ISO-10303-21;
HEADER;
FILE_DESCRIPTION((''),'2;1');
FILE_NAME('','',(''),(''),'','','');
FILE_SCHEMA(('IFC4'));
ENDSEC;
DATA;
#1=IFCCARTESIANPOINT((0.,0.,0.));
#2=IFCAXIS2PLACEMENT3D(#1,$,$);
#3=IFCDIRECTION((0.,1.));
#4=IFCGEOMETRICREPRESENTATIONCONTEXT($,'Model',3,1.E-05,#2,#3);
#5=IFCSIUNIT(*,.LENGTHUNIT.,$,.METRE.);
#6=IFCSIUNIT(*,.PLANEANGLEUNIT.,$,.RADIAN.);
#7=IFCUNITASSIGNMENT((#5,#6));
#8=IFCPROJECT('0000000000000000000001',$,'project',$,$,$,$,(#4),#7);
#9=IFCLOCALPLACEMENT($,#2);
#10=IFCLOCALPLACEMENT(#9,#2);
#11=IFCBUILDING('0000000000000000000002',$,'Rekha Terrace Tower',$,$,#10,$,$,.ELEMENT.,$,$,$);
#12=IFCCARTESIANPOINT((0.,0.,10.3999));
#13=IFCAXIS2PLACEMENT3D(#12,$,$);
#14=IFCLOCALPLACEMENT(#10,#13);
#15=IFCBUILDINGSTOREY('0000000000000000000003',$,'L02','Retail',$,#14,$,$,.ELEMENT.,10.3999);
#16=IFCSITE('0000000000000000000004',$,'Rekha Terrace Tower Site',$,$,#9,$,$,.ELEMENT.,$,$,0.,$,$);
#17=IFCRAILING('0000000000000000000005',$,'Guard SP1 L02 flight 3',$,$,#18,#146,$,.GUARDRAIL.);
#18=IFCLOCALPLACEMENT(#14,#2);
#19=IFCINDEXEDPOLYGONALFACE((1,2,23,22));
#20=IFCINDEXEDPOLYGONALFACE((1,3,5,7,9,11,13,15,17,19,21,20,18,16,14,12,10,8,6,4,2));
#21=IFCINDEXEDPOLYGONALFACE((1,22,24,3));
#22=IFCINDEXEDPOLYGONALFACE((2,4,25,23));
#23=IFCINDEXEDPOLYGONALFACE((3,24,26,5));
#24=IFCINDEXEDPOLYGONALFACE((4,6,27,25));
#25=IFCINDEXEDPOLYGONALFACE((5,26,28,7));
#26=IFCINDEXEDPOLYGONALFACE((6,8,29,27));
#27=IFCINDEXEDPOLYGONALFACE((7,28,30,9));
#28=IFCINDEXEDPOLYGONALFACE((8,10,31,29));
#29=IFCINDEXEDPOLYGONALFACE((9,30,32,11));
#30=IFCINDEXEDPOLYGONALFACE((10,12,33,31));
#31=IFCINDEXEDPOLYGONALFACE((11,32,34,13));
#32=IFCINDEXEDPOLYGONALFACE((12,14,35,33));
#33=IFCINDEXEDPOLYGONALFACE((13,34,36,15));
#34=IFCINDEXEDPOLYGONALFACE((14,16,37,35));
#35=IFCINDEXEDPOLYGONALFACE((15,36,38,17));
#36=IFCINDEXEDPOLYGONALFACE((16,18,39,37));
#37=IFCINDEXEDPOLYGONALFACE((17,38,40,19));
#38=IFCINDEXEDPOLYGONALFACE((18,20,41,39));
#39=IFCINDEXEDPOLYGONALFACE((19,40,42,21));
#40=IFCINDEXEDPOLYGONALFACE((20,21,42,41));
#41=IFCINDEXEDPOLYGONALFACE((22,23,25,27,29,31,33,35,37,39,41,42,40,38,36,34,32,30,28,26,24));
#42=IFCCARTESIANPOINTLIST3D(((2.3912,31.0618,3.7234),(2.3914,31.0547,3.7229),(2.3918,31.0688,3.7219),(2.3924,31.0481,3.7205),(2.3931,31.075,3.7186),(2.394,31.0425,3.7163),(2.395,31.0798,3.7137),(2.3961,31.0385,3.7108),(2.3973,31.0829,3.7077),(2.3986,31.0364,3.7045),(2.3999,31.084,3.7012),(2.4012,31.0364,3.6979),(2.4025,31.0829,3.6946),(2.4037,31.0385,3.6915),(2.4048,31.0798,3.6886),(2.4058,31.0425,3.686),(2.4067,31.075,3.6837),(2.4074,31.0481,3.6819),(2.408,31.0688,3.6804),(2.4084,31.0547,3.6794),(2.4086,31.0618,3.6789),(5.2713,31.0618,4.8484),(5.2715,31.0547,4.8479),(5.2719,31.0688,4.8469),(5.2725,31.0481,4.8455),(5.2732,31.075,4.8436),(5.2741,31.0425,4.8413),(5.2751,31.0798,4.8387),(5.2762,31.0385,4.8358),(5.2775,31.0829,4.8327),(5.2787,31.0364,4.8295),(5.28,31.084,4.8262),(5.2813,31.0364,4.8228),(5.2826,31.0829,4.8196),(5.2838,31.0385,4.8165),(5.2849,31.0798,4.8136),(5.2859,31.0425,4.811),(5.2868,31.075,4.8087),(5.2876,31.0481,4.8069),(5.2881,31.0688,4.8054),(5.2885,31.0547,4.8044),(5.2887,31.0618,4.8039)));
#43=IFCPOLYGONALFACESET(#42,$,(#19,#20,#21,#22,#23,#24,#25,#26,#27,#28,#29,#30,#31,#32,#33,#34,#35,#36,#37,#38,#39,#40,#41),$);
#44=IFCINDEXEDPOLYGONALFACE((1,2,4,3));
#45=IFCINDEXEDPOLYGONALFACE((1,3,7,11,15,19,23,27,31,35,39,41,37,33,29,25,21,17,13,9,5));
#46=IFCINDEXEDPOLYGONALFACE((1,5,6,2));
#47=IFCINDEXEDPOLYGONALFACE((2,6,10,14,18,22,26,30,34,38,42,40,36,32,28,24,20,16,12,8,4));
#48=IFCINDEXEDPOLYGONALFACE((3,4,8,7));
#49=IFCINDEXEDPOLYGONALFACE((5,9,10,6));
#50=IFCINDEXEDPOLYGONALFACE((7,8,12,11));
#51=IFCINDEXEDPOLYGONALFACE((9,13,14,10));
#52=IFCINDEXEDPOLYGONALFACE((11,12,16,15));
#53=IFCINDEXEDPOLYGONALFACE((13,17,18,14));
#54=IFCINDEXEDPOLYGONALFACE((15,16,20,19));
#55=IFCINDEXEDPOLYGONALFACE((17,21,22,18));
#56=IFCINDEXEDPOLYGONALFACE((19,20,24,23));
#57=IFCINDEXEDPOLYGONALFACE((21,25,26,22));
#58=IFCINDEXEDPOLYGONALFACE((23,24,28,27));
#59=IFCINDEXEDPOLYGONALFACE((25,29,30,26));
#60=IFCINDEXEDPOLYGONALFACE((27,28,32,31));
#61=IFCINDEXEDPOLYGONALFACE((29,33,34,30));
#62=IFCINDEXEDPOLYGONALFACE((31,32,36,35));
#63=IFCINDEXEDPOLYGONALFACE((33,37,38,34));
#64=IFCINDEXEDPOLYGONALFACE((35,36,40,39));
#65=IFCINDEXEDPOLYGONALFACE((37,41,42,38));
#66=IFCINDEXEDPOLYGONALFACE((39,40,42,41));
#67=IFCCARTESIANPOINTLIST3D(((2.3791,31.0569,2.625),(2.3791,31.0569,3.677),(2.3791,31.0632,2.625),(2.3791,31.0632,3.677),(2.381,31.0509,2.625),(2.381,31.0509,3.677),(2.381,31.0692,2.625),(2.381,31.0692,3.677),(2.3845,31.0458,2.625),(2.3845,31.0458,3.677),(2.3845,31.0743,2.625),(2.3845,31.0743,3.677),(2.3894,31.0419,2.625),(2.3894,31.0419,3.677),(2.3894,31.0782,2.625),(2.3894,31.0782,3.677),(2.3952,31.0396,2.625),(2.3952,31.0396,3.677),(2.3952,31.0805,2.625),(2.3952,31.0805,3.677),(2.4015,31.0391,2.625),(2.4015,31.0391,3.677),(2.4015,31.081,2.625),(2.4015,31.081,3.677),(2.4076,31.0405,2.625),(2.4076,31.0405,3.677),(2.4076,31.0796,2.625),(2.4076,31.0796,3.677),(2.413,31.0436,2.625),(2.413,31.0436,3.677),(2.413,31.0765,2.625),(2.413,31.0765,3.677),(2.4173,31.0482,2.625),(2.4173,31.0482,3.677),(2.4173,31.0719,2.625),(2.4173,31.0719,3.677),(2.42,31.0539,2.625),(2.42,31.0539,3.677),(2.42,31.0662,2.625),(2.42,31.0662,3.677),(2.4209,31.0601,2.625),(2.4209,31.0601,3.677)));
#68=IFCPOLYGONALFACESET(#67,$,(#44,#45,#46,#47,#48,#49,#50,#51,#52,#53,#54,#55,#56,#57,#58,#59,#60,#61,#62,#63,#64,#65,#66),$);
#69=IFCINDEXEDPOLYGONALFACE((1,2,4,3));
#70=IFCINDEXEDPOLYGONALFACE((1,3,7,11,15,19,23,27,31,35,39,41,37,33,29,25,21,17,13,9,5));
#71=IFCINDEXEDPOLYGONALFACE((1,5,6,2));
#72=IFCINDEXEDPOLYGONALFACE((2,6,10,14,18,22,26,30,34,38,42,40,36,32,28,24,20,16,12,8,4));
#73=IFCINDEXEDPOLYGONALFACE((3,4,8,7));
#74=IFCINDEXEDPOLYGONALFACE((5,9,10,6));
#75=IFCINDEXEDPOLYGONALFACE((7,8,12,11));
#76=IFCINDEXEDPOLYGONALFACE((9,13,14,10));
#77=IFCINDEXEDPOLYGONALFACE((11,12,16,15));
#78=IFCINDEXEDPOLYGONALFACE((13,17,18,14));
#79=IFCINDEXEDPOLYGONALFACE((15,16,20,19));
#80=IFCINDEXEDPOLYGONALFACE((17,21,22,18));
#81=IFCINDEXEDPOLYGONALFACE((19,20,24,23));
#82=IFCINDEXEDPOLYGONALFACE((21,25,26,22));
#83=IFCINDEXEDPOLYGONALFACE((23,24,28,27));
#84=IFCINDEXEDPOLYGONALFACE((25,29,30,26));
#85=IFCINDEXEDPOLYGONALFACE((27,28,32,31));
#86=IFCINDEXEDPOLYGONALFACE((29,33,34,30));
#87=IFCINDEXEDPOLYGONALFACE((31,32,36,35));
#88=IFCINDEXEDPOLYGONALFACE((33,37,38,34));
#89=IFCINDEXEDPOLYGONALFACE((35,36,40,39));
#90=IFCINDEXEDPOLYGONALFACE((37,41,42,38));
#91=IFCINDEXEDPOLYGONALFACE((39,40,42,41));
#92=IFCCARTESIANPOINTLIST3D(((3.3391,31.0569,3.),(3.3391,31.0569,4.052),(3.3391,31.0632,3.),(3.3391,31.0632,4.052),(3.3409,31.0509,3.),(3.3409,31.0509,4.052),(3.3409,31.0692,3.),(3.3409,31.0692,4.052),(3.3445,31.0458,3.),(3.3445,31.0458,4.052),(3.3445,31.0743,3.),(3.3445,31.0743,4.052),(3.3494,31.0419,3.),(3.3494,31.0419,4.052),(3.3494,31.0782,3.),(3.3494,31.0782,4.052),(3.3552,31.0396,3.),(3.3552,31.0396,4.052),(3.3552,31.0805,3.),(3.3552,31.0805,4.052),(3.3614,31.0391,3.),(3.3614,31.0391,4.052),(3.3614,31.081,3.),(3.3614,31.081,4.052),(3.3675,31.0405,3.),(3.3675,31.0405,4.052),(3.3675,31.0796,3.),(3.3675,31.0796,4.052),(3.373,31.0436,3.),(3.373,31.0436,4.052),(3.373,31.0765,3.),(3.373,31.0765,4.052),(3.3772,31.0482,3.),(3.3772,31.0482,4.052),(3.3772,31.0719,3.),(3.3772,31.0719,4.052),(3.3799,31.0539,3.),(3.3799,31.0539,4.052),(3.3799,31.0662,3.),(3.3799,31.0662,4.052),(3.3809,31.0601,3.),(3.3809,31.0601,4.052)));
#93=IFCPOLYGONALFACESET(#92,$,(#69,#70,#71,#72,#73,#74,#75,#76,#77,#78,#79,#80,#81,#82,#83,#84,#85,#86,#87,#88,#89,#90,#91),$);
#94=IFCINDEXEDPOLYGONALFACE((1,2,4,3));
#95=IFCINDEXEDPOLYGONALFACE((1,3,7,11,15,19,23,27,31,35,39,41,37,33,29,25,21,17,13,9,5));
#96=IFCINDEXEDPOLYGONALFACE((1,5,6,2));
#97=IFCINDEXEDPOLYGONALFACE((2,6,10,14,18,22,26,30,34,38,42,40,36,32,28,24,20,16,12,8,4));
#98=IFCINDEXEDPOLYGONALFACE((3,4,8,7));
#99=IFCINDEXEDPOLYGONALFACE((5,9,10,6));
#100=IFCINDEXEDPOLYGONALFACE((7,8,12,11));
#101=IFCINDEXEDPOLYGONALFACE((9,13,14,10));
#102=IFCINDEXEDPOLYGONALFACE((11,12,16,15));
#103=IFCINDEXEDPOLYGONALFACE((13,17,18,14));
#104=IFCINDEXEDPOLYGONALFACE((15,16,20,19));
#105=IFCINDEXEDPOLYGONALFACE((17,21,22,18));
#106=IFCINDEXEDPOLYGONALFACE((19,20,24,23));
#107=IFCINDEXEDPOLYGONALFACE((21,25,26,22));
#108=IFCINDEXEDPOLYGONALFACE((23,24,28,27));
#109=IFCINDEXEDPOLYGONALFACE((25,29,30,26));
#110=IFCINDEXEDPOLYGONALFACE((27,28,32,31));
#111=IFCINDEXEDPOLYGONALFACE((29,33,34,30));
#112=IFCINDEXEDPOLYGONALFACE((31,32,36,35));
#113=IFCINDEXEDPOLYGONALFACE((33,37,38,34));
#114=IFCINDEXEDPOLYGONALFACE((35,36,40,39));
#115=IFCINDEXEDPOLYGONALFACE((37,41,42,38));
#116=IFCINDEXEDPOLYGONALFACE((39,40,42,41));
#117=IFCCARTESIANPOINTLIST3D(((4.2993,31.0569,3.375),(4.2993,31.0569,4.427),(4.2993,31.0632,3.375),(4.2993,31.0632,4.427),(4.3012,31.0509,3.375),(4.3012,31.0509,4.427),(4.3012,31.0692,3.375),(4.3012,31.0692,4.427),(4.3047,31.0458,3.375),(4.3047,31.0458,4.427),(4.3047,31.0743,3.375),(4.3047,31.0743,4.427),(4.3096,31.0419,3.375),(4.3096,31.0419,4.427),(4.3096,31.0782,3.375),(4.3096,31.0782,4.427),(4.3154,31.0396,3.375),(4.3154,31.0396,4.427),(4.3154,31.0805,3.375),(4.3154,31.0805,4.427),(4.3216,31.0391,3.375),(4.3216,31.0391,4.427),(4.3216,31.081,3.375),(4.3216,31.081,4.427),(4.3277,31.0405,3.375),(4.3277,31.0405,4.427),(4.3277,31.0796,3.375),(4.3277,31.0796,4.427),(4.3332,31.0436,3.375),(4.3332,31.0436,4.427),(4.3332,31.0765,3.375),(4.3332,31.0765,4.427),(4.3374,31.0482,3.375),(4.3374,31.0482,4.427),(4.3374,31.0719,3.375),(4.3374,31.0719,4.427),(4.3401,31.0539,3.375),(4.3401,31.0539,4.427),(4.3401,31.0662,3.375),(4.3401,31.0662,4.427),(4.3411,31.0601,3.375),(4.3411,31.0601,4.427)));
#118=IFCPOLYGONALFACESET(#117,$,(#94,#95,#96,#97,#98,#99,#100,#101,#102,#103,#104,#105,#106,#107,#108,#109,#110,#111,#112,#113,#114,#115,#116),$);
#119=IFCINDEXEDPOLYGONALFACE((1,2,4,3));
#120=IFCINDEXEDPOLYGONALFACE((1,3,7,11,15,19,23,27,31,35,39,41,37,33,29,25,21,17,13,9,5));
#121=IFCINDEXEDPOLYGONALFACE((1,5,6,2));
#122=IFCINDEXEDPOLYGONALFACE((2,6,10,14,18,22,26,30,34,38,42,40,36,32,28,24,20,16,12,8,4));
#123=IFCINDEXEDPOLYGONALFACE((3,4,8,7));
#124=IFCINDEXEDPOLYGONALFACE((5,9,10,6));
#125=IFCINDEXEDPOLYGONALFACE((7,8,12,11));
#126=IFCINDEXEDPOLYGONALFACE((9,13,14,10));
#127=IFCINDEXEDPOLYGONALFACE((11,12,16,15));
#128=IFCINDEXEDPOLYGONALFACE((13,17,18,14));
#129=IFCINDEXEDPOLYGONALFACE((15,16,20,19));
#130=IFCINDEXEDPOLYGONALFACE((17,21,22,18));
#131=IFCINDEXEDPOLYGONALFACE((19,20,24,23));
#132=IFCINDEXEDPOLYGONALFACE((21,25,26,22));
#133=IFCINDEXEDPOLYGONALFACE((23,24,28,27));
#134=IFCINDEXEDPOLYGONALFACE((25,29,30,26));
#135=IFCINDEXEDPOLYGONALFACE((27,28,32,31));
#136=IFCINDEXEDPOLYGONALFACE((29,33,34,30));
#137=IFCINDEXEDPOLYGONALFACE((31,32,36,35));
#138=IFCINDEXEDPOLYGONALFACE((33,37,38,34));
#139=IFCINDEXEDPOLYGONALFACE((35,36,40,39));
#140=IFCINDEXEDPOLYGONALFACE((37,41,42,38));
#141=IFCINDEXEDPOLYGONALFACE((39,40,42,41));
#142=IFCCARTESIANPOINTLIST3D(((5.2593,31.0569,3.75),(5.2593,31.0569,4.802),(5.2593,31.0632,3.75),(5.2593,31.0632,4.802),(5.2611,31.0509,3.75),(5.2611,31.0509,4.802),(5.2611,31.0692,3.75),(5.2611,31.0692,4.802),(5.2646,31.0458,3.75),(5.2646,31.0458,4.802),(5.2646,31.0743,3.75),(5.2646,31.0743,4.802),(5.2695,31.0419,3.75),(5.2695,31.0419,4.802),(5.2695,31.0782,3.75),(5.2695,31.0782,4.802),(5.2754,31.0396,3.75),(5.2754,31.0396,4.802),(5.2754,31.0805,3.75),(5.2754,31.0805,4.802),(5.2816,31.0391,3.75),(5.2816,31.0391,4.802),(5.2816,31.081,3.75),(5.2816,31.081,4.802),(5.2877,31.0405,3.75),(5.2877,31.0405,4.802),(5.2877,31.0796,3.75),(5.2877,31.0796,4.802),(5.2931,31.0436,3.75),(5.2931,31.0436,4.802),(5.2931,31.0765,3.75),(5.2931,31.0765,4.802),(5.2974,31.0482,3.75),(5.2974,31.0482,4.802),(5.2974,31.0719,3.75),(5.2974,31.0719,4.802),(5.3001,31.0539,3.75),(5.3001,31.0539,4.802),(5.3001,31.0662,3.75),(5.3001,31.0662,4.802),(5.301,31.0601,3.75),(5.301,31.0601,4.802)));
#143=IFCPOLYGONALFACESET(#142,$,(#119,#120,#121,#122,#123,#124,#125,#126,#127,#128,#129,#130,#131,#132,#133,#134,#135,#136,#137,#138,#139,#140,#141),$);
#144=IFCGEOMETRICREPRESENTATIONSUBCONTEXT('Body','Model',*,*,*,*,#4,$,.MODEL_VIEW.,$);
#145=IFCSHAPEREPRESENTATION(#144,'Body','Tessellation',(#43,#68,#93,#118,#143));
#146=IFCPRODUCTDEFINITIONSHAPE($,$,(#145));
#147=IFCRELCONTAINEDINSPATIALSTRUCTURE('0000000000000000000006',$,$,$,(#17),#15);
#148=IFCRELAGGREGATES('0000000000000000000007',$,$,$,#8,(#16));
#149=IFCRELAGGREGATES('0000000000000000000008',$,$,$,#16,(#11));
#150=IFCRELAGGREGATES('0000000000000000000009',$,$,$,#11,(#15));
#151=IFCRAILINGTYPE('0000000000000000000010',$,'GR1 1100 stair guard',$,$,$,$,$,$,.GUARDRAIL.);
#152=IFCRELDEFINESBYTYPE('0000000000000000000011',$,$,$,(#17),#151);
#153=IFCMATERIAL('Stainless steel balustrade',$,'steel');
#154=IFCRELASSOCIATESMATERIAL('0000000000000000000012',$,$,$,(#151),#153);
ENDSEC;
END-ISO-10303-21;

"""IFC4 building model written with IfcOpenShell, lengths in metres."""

from ifc_helpers import new_model, si_unit, direction, frame, origin, origin_2d, place, context, subcontext, project, spatial, circle, extrude, material, type_object, element, save


model = new_model("IFC4")

# Units and contexts
model_context = context("Model", 3, precision=1e-05, world=origin(), true_north=direction((0.0, 1.0)))
body_context = subcontext(model_context, "Body", "Model", "MODEL_VIEW")
ifc_project = project(units=[si_unit("LENGTHUNIT", "METRE"), si_unit("PLANEANGLEUNIT", "RADIAN")], contexts=[model_context])

# Site, building, storey
site_placement = place(None, origin())
site = spatial("IfcSite", under=ifc_project, at=site_placement, Name="Rekha Terrace Tower Site", CompositionType="ELEMENT", RefElevation=0.0)
building_placement = place(site_placement, origin())
building = spatial("IfcBuilding", under=site, at=building_placement, Name="Rekha Terrace Tower", CompositionType="ELEMENT")
storey_placement = place(building_placement, frame((0.0, 0.0, 10.3999)))
storey = spatial("IfcBuildingStorey", under=building, at=storey_placement, Name="L02", Description="Retail", CompositionType="ELEMENT", Elevation=10.3999)

# Railing
ifc_material_1 = material(Name="Stainless steel balustrade", Category="steel")
railing_type_1 = type_object("IfcRailingType", Name="GR1 1100 stair guard", PredefinedType="GUARDRAIL", material=ifc_material_1)
railing_1_placement = place(storey_placement, frame((2.3999, 31.0601, 2.625)))
element("IfcRailing", 1, at=railing_1_placement, inside=storey, type_object=railing_type_1, Name="Guard SP1 L02 flight 3", PredefinedType="GUARDRAIL", context=body_context, shape_type="SweptSolid", body=[
    extrude(circle(Radius=0.0239, at=origin_2d()), frame((0.0, 0.0, 1.0762), z_axis=(0.931463, 0.0, 0.363837), x_axis=(0.0, 1.0, 0.0)), (0.0, 0.0, 1.0), 3.092),
    extrude(circle(Radius=0.021, at=origin_2d()), origin(), (0.0, 0.0, 1.0), 1.052),
    extrude(circle(Radius=0.021, at=origin_2d()), frame((0.96, 0.0, 0.375)), (0.0, 0.0, 1.0), 1.052),
    extrude(circle(Radius=0.021, at=origin_2d()), frame((1.9202, 0.0, 0.75)), (0.0, 0.0, 1.0), 1.052),
    extrude(circle(Radius=0.021, at=origin_2d()), frame((2.8801, 0.0, 1.125)), (0.0, 0.0, 1.0), 1.052),
])

save(model, "model.ifc")
